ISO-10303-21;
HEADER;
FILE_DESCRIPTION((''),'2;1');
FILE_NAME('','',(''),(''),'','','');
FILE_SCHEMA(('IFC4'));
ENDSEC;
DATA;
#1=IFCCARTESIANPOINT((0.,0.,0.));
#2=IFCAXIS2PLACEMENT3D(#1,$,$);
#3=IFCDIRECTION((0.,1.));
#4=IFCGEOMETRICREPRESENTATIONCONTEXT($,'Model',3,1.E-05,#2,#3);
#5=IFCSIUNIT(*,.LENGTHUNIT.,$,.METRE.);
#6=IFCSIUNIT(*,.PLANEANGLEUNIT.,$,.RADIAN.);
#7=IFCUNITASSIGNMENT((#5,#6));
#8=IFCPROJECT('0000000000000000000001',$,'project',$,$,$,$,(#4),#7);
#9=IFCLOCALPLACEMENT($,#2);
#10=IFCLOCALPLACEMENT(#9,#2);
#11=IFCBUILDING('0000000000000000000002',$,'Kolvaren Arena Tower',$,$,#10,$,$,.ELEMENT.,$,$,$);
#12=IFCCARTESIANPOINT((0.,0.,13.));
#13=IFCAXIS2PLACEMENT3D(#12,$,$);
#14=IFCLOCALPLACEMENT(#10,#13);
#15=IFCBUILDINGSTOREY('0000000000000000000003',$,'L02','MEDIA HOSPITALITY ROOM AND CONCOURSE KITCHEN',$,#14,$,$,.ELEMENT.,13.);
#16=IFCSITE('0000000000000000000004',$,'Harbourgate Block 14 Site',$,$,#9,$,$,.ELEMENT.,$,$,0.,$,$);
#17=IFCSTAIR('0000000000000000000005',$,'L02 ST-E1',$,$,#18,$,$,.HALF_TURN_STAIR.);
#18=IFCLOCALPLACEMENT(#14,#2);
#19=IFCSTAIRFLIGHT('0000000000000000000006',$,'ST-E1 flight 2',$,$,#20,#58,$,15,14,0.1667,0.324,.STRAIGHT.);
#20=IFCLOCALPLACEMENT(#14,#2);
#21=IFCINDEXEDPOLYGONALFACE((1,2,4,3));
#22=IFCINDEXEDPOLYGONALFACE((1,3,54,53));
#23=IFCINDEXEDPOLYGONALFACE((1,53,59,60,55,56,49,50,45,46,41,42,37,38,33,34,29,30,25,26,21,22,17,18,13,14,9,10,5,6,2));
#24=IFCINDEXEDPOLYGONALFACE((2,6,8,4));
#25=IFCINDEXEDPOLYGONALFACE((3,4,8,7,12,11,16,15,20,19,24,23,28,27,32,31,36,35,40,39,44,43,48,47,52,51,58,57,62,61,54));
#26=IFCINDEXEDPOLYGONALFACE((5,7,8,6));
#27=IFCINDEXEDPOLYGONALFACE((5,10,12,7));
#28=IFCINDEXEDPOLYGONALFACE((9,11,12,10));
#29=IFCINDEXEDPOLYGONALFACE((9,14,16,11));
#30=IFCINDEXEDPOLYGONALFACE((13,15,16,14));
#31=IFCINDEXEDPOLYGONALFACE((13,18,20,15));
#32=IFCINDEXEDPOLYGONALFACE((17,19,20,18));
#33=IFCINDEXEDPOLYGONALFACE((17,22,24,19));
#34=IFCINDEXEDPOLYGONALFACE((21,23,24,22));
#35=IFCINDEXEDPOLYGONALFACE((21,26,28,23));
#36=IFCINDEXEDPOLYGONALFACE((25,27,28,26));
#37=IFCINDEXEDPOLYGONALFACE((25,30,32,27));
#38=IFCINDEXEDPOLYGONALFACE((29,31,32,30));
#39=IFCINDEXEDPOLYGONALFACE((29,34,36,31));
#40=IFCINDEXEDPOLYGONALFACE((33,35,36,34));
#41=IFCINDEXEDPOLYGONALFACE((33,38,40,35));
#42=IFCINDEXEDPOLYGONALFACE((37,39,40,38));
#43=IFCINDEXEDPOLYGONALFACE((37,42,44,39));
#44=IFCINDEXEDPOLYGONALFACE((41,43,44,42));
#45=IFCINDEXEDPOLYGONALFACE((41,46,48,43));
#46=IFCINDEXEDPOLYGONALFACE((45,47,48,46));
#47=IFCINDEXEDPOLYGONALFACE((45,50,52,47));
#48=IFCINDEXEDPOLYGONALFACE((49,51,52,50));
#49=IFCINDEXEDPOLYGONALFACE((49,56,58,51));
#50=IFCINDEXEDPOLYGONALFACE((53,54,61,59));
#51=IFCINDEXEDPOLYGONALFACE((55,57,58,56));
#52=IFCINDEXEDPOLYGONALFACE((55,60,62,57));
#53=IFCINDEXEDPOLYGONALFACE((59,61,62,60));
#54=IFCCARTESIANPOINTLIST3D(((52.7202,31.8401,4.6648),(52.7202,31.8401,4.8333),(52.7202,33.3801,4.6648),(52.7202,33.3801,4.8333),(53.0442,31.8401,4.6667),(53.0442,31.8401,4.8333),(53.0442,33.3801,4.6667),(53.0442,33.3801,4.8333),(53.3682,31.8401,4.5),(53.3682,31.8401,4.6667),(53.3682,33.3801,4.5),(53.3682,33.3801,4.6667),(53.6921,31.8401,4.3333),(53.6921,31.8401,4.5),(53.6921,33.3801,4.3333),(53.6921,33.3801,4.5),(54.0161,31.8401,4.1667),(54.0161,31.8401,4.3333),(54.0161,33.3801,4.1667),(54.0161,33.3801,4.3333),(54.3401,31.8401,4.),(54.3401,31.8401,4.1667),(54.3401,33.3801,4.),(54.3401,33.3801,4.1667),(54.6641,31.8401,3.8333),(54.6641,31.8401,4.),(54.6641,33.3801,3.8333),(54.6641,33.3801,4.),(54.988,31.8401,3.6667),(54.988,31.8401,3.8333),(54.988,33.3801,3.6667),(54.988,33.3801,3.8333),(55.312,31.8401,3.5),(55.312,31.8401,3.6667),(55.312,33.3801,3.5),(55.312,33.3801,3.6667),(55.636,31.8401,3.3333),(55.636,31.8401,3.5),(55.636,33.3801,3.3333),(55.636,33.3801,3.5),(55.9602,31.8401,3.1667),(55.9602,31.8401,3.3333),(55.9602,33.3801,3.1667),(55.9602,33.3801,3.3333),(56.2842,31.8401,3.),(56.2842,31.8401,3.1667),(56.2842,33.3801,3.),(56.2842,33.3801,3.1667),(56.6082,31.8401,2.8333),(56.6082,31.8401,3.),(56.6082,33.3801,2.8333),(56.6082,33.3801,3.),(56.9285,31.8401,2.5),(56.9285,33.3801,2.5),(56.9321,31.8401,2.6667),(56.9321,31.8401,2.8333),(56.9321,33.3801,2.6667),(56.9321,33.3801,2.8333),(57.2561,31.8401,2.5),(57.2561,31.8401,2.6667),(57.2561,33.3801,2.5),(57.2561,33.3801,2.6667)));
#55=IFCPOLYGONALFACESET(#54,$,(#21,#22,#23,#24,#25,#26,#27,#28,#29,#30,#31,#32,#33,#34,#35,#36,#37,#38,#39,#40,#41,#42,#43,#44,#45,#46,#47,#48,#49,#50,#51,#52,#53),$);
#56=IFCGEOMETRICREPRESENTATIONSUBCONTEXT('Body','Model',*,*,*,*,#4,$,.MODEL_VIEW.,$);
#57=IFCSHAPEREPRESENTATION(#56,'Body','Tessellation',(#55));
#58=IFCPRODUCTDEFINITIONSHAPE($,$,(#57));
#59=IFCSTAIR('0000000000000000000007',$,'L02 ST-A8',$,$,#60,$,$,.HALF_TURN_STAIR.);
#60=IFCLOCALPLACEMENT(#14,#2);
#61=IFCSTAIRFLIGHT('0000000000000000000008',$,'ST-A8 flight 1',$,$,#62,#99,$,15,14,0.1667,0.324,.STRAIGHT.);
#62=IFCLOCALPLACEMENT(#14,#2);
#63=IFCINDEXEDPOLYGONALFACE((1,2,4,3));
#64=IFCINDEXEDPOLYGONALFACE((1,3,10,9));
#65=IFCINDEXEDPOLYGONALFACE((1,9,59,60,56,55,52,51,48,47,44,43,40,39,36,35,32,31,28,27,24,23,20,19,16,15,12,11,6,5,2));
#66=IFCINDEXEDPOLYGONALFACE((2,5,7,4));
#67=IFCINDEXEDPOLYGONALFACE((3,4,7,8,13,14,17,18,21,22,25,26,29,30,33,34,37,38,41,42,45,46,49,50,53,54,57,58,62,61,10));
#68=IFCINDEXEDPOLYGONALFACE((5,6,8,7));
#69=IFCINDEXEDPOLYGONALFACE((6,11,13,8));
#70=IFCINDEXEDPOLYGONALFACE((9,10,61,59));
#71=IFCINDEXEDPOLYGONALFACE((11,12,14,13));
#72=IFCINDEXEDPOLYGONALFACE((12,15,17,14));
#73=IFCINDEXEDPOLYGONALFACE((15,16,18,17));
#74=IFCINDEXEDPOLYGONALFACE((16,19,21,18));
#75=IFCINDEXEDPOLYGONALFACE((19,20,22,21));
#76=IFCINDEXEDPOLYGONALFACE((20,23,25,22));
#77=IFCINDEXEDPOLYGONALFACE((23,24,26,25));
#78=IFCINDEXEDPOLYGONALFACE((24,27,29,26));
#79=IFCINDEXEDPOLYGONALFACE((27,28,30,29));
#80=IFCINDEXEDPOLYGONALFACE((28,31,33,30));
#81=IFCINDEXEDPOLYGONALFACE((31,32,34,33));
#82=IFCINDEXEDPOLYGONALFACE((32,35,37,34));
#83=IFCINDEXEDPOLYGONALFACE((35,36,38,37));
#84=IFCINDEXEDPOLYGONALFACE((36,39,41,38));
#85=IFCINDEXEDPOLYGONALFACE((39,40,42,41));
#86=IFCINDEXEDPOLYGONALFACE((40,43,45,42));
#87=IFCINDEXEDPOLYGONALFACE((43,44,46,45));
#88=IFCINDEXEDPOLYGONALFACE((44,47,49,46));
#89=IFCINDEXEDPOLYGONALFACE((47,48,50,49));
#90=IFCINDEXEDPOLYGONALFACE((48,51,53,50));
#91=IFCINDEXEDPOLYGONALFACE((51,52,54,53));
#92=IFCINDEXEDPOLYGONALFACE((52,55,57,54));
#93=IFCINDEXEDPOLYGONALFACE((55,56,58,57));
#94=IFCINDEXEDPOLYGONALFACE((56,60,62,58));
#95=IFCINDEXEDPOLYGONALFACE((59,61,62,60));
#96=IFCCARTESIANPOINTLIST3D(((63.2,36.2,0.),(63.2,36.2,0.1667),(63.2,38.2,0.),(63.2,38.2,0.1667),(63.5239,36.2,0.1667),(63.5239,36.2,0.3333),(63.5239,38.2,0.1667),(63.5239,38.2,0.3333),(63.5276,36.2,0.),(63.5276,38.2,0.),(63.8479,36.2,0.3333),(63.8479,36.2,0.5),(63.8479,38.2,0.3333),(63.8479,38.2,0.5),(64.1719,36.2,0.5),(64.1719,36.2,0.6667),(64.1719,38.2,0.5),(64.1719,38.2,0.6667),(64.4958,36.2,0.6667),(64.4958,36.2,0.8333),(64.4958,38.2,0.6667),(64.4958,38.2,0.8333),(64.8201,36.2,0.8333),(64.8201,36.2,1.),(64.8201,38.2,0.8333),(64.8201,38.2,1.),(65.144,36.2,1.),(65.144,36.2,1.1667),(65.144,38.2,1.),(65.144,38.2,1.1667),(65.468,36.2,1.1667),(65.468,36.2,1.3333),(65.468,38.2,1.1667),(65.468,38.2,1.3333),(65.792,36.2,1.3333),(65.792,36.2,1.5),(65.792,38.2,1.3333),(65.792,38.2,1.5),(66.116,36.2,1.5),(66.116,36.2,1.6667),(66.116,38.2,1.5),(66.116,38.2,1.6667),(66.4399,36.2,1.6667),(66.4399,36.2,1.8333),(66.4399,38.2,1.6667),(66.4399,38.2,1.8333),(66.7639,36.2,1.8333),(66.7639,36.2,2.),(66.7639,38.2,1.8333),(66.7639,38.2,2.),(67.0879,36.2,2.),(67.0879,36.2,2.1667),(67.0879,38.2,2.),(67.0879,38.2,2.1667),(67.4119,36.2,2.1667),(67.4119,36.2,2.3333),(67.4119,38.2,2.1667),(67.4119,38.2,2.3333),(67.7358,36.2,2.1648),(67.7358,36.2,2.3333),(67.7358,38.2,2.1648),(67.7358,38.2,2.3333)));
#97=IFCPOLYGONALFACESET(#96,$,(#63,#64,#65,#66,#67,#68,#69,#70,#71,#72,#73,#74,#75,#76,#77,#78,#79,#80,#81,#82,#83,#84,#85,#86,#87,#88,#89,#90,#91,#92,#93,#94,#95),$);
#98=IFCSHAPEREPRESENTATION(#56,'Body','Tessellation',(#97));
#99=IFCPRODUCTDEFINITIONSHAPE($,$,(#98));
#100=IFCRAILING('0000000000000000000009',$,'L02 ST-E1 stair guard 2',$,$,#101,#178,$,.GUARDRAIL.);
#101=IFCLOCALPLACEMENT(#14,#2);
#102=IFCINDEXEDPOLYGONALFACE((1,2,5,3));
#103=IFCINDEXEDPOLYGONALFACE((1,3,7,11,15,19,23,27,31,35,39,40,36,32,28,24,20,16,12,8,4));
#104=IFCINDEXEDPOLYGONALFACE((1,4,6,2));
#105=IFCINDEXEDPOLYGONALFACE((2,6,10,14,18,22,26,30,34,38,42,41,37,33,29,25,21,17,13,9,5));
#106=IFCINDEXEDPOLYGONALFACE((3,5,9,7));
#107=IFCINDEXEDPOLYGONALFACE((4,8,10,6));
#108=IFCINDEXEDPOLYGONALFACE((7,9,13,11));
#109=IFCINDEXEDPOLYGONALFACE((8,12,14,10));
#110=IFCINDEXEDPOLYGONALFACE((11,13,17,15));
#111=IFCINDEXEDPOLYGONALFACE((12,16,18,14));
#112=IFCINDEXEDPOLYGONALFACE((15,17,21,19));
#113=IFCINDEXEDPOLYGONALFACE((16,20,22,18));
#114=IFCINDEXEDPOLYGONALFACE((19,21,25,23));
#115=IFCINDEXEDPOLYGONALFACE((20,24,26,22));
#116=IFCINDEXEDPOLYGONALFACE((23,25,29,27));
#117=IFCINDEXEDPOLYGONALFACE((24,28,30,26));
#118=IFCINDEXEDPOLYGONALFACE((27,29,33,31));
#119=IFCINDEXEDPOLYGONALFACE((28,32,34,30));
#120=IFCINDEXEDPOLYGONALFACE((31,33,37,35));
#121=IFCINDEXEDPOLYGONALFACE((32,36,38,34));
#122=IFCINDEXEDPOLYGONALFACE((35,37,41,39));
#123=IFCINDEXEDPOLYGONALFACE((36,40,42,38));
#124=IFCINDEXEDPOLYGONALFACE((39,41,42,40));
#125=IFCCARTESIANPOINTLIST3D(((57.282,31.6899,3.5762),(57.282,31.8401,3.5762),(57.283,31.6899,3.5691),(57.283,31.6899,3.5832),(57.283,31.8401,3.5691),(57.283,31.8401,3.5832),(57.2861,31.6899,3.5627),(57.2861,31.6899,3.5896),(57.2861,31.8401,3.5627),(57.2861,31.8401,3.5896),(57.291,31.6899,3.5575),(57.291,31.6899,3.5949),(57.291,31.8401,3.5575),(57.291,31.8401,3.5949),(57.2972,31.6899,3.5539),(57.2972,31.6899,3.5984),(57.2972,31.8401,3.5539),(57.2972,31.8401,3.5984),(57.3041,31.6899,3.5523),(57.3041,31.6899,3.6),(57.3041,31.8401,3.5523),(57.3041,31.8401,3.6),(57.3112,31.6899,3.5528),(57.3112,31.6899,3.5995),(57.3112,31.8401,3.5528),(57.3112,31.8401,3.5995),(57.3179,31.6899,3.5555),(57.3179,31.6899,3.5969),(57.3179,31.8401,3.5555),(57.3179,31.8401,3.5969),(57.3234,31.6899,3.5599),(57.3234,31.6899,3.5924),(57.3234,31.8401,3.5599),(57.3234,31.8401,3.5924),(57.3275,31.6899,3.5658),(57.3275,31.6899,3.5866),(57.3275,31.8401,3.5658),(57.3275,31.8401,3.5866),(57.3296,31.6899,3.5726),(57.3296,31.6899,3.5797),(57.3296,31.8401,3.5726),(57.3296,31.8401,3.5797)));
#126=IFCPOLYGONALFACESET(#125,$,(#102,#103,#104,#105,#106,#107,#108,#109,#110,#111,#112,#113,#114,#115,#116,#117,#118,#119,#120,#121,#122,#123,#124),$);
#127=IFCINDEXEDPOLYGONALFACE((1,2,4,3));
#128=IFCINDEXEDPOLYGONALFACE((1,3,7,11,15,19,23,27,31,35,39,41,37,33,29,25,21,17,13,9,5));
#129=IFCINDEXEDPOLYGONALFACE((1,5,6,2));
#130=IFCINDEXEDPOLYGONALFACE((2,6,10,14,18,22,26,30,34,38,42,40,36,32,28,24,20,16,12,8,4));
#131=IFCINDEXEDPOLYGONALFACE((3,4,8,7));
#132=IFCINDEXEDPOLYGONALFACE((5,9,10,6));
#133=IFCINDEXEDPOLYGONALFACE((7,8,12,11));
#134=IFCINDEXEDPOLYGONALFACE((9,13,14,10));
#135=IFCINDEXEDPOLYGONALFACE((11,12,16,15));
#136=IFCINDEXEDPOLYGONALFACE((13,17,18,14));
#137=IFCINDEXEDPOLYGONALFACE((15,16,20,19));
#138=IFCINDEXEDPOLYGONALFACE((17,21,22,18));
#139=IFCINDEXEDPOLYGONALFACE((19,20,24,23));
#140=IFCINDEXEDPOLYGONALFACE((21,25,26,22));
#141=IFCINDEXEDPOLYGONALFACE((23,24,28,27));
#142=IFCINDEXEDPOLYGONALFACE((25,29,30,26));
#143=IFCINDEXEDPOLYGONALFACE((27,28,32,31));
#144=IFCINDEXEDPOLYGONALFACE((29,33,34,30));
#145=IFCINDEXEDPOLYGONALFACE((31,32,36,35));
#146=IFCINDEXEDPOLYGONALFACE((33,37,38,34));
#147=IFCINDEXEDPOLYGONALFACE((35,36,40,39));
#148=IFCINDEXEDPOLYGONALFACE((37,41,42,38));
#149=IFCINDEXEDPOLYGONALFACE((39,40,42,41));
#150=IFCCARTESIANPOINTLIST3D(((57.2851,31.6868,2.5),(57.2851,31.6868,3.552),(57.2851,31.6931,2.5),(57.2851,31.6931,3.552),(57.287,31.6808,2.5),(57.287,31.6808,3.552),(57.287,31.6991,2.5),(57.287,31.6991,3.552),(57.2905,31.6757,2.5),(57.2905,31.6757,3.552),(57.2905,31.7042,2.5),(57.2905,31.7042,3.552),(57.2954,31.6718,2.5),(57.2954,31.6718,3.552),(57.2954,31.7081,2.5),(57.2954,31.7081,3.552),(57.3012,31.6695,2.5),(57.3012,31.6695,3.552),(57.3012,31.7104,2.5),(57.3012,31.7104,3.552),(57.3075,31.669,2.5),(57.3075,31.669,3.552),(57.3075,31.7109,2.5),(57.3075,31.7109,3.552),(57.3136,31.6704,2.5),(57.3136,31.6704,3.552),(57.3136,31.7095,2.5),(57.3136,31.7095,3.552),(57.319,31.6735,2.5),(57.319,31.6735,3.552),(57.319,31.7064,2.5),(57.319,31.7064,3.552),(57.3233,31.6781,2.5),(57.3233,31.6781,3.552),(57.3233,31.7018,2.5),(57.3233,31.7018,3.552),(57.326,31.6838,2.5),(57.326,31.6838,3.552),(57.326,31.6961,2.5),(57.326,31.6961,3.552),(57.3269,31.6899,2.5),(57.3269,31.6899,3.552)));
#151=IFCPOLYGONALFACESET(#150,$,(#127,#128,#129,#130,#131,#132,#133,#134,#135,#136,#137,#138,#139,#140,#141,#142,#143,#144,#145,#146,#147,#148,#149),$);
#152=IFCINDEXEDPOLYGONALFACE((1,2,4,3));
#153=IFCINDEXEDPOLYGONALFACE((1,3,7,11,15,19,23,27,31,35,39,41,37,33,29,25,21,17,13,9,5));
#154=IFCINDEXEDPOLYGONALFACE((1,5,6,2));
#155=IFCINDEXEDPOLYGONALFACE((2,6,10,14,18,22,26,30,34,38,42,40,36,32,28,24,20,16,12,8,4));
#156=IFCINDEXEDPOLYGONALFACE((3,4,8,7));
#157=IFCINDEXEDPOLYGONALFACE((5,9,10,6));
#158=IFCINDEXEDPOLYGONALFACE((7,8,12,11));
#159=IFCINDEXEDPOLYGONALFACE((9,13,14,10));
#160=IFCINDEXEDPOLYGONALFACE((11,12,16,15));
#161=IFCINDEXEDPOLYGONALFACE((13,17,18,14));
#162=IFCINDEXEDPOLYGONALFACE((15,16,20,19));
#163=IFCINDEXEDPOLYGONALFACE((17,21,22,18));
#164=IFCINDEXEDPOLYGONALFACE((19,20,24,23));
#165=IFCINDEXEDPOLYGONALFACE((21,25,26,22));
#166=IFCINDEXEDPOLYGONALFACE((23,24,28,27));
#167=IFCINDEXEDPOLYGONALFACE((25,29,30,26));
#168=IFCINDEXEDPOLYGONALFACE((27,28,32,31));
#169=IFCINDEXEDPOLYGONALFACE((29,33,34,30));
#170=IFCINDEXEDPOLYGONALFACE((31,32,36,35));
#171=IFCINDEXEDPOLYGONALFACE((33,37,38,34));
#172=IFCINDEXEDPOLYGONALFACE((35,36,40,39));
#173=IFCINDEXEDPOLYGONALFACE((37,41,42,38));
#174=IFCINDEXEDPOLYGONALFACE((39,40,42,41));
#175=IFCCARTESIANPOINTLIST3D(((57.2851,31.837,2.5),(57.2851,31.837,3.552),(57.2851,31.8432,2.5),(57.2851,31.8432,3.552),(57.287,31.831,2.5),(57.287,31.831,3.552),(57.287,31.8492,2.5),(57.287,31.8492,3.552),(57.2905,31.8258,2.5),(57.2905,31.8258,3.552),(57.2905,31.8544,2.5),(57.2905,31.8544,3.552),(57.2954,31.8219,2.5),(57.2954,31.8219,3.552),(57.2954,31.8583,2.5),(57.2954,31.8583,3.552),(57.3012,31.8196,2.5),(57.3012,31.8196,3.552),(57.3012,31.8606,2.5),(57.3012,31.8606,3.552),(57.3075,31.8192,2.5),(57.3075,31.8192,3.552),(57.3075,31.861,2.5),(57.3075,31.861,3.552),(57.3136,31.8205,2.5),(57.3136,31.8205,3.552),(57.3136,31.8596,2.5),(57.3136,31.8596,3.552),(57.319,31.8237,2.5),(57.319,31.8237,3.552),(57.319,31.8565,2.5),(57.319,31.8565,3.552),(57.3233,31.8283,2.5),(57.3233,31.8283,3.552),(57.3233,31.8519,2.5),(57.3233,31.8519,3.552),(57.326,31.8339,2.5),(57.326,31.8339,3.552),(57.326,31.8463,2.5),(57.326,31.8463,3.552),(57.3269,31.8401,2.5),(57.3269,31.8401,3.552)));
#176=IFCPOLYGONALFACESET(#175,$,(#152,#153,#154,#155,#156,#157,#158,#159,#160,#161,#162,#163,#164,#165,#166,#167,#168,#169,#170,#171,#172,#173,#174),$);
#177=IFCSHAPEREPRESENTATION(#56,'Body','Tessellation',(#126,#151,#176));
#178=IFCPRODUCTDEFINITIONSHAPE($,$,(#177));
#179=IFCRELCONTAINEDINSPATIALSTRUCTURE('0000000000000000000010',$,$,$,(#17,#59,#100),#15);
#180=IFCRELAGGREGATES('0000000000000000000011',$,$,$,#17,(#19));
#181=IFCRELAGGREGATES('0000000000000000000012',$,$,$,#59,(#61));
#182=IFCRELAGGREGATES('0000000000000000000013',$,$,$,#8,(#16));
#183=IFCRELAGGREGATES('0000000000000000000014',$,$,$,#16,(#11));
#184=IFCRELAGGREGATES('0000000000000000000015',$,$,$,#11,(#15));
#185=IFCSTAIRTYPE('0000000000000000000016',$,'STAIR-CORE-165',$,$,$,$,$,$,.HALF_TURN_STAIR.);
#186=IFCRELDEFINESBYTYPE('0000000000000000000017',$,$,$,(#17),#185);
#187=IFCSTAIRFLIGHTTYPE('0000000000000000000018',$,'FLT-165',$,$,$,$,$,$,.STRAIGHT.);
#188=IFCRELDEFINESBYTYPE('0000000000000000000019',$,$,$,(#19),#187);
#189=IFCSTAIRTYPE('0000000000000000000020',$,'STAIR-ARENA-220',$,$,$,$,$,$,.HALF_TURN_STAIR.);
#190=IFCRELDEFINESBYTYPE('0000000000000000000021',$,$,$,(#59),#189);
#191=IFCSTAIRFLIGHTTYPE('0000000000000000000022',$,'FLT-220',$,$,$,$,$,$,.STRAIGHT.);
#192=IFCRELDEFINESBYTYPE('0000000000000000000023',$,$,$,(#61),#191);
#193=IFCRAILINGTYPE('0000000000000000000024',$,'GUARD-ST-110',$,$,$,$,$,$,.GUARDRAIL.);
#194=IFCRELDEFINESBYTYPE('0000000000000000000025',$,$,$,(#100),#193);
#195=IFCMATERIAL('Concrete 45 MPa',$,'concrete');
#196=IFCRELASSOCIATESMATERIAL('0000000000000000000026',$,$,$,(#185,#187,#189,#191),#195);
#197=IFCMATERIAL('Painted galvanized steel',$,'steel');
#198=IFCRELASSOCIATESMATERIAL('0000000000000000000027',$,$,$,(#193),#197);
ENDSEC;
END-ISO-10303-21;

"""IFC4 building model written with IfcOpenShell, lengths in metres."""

from ifc_helpers import new_model, si_unit, direction, frame, origin, origin_2d, place, context, subcontext, project, spatial, polyline, circle, outline, extrude, material, type_object, element, aggregate, save


model = new_model("IFC4")

# Units and contexts
model_context = context("Model", 3, precision=1e-05, world=origin(), true_north=direction((0.0, 1.0)))
body_context = subcontext(model_context, "Body", "Model", "MODEL_VIEW")
ifc_project = project(units=[si_unit("LENGTHUNIT", "METRE"), si_unit("PLANEANGLEUNIT", "RADIAN")], contexts=[model_context])

# Site, building, storey
site_placement = place(None, origin())
site = spatial("IfcSite", under=ifc_project, at=site_placement, Name="Harbourgate Block 14 Site", CompositionType="ELEMENT", RefElevation=0.0)
building_placement = place(site_placement, origin())
building = spatial("IfcBuilding", under=site, at=building_placement, Name="Kolvaren Arena Tower", CompositionType="ELEMENT")
storey_placement = place(building_placement, frame((0.0, 0.0, 13.0)))
storey = spatial("IfcBuildingStorey", under=building, at=storey_placement, Name="L02", Description="MEDIA HOSPITALITY ROOM AND CONCOURSE KITCHEN", CompositionType="ELEMENT", Elevation=13.0)

# Shared definitions
ifc_material_1 = material(Name="Concrete 45 MPa", Category="concrete")

# Stairs, stair flights
stair_type_1 = type_object("IfcStairType", Name="STAIR-CORE-165", PredefinedType="HALF_TURN_STAIR", material=ifc_material_1)
stair_1_placement = place(storey_placement, origin())
stair_1 = element("IfcStair", 1, at=stair_1_placement, inside=storey, type_object=stair_type_1, Name="L02 ST-E1", PredefinedType="HALF_TURN_STAIR")
stair_flight_type_1 = type_object("IfcStairFlightType", Name="FLT-165", PredefinedType="STRAIGHT", material=ifc_material_1)
stair_flight_1_placement = place(storey_placement, frame((57.2561, 32.6101, 2.5), z_axis=(0.0, 0.0, 1.0), x_axis=(-1.0, 0.0, 0.0)))
stair_flight_1 = element("IfcStairFlight", 2, at=stair_flight_1_placement, type_object=stair_flight_type_1, Name="ST-E1 flight 2", NumberOfRisers=15, NumberOfTreads=14, PredefinedType="STRAIGHT", RiserHeight=0.1667, TreadLength=0.324, context=body_context, shape_type="SweptSolid", body=[
    extrude(outline(polyline([(0.0, 0.0), (0.0, 0.1667), (0.324, 0.1667), (0.324, 0.3333), (0.6479, 0.3333), (0.6479, 0.5), (0.9719, 0.5), (0.9719, 0.6667), (1.2959, 0.6667), (1.2959, 0.8333), (1.6201, 0.8333), (1.6201, 1.0), (1.9441, 1.0), (1.9441, 1.1667), (2.2681, 1.1667), (2.2681, 1.3333), (2.592, 1.3333), (2.592, 1.5), (2.916, 1.5), (2.916, 1.6667), (3.24, 1.6667), (3.24, 1.8333), (3.564, 1.8333), (3.564, 2.0), (3.8879, 2.0), (3.8879, 2.1667), (4.2119, 2.1667), (4.2119, 2.3333), (4.5359, 2.3333), (4.5359, 2.5), (4.5359, 2.1648), (0.3276, 0.0), (0.0, 0.0)])), frame((0.0, 0.77, 0.0), z_axis=(0.0, -1.0, 0.0), x_axis=(1.0, 0.0, 0.0)), (0.0, 0.0, 1.0), 1.54),
])
aggregate(stair_1, [stair_flight_1])
stair_type_2 = type_object("IfcStairType", Name="STAIR-ARENA-220", PredefinedType="HALF_TURN_STAIR", material=ifc_material_1)
stair_2_placement = place(storey_placement, origin())
stair_2 = element("IfcStair", 3, at=stair_2_placement, inside=storey, type_object=stair_type_2, Name="L02 ST-A8", PredefinedType="HALF_TURN_STAIR")
stair_flight_type_2 = type_object("IfcStairFlightType", Name="FLT-220", PredefinedType="STRAIGHT", material=ifc_material_1)
stair_flight_2_placement = place(storey_placement, frame((63.2, 37.2, 0.0), z_axis=(0.0, 0.0, 1.0), x_axis=(1.0, 0.0, 0.0)))
stair_flight_2 = element("IfcStairFlight", 4, at=stair_flight_2_placement, type_object=stair_flight_type_2, Name="ST-A8 flight 1", NumberOfRisers=15, NumberOfTreads=14, PredefinedType="STRAIGHT", RiserHeight=0.1667, TreadLength=0.324, context=body_context, shape_type="SweptSolid", body=[
    extrude(outline(polyline([(0.0, 0.0), (0.0, 0.1667), (0.324, 0.1667), (0.324, 0.3333), (0.6479, 0.3333), (0.6479, 0.5), (0.9719, 0.5), (0.9719, 0.6667), (1.2959, 0.6667), (1.2959, 0.8333), (1.6201, 0.8333), (1.6201, 1.0), (1.9441, 1.0), (1.9441, 1.1667), (2.2681, 1.1667), (2.2681, 1.3333), (2.592, 1.3333), (2.592, 1.5), (2.916, 1.5), (2.916, 1.6667), (3.24, 1.6667), (3.24, 1.8333), (3.564, 1.8333), (3.564, 2.0), (3.8879, 2.0), (3.8879, 2.1667), (4.2119, 2.1667), (4.2119, 2.3333), (4.5359, 2.3333), (4.5359, 2.5), (4.5359, 2.1648), (0.3276, 0.0), (0.0, 0.0)])), frame((0.0, 1.0, 0.0), z_axis=(0.0, -1.0, 0.0), x_axis=(1.0, 0.0, 0.0)), (0.0, 0.0, 1.0), 2.0),
])
aggregate(stair_2, [stair_flight_2])

# Railing
ifc_material_2 = material(Name="Painted galvanized steel", Category="steel")
railing_type_1 = type_object("IfcRailingType", Name="GUARD-ST-110", PredefinedType="GUARDRAIL", material=ifc_material_2)
for number, where, name in (
    (5, (57.3059, 31.6899, 2.5), "L02 ST-E1 stair guard 2"),
):
    element("IfcRailing", number, at=place(storey_placement, frame(where)), inside=storey, type_object=railing_type_1, Name=name, PredefinedType="GUARDRAIL", context=body_context, shape_type="SweptSolid", body=[
        extrude(circle(Radius=0.0239, at=origin_2d()), frame((0.0, 0.0, 1.0762), z_axis=(0.0, 1.0, 0.0), x_axis=(-1.0, 0.0, 0.0)), (0.0, 0.0, 1.0), 0.1501),
        extrude(circle(Radius=0.021, at=origin_2d()), origin(), (0.0, 0.0, 1.0), 1.052),
        extrude(circle(Radius=0.021, at=origin_2d()), frame((0.0, 0.1501, 0.0)), (0.0, 0.0, 1.0), 1.052),
    ])

save(model, "model.ifc")
